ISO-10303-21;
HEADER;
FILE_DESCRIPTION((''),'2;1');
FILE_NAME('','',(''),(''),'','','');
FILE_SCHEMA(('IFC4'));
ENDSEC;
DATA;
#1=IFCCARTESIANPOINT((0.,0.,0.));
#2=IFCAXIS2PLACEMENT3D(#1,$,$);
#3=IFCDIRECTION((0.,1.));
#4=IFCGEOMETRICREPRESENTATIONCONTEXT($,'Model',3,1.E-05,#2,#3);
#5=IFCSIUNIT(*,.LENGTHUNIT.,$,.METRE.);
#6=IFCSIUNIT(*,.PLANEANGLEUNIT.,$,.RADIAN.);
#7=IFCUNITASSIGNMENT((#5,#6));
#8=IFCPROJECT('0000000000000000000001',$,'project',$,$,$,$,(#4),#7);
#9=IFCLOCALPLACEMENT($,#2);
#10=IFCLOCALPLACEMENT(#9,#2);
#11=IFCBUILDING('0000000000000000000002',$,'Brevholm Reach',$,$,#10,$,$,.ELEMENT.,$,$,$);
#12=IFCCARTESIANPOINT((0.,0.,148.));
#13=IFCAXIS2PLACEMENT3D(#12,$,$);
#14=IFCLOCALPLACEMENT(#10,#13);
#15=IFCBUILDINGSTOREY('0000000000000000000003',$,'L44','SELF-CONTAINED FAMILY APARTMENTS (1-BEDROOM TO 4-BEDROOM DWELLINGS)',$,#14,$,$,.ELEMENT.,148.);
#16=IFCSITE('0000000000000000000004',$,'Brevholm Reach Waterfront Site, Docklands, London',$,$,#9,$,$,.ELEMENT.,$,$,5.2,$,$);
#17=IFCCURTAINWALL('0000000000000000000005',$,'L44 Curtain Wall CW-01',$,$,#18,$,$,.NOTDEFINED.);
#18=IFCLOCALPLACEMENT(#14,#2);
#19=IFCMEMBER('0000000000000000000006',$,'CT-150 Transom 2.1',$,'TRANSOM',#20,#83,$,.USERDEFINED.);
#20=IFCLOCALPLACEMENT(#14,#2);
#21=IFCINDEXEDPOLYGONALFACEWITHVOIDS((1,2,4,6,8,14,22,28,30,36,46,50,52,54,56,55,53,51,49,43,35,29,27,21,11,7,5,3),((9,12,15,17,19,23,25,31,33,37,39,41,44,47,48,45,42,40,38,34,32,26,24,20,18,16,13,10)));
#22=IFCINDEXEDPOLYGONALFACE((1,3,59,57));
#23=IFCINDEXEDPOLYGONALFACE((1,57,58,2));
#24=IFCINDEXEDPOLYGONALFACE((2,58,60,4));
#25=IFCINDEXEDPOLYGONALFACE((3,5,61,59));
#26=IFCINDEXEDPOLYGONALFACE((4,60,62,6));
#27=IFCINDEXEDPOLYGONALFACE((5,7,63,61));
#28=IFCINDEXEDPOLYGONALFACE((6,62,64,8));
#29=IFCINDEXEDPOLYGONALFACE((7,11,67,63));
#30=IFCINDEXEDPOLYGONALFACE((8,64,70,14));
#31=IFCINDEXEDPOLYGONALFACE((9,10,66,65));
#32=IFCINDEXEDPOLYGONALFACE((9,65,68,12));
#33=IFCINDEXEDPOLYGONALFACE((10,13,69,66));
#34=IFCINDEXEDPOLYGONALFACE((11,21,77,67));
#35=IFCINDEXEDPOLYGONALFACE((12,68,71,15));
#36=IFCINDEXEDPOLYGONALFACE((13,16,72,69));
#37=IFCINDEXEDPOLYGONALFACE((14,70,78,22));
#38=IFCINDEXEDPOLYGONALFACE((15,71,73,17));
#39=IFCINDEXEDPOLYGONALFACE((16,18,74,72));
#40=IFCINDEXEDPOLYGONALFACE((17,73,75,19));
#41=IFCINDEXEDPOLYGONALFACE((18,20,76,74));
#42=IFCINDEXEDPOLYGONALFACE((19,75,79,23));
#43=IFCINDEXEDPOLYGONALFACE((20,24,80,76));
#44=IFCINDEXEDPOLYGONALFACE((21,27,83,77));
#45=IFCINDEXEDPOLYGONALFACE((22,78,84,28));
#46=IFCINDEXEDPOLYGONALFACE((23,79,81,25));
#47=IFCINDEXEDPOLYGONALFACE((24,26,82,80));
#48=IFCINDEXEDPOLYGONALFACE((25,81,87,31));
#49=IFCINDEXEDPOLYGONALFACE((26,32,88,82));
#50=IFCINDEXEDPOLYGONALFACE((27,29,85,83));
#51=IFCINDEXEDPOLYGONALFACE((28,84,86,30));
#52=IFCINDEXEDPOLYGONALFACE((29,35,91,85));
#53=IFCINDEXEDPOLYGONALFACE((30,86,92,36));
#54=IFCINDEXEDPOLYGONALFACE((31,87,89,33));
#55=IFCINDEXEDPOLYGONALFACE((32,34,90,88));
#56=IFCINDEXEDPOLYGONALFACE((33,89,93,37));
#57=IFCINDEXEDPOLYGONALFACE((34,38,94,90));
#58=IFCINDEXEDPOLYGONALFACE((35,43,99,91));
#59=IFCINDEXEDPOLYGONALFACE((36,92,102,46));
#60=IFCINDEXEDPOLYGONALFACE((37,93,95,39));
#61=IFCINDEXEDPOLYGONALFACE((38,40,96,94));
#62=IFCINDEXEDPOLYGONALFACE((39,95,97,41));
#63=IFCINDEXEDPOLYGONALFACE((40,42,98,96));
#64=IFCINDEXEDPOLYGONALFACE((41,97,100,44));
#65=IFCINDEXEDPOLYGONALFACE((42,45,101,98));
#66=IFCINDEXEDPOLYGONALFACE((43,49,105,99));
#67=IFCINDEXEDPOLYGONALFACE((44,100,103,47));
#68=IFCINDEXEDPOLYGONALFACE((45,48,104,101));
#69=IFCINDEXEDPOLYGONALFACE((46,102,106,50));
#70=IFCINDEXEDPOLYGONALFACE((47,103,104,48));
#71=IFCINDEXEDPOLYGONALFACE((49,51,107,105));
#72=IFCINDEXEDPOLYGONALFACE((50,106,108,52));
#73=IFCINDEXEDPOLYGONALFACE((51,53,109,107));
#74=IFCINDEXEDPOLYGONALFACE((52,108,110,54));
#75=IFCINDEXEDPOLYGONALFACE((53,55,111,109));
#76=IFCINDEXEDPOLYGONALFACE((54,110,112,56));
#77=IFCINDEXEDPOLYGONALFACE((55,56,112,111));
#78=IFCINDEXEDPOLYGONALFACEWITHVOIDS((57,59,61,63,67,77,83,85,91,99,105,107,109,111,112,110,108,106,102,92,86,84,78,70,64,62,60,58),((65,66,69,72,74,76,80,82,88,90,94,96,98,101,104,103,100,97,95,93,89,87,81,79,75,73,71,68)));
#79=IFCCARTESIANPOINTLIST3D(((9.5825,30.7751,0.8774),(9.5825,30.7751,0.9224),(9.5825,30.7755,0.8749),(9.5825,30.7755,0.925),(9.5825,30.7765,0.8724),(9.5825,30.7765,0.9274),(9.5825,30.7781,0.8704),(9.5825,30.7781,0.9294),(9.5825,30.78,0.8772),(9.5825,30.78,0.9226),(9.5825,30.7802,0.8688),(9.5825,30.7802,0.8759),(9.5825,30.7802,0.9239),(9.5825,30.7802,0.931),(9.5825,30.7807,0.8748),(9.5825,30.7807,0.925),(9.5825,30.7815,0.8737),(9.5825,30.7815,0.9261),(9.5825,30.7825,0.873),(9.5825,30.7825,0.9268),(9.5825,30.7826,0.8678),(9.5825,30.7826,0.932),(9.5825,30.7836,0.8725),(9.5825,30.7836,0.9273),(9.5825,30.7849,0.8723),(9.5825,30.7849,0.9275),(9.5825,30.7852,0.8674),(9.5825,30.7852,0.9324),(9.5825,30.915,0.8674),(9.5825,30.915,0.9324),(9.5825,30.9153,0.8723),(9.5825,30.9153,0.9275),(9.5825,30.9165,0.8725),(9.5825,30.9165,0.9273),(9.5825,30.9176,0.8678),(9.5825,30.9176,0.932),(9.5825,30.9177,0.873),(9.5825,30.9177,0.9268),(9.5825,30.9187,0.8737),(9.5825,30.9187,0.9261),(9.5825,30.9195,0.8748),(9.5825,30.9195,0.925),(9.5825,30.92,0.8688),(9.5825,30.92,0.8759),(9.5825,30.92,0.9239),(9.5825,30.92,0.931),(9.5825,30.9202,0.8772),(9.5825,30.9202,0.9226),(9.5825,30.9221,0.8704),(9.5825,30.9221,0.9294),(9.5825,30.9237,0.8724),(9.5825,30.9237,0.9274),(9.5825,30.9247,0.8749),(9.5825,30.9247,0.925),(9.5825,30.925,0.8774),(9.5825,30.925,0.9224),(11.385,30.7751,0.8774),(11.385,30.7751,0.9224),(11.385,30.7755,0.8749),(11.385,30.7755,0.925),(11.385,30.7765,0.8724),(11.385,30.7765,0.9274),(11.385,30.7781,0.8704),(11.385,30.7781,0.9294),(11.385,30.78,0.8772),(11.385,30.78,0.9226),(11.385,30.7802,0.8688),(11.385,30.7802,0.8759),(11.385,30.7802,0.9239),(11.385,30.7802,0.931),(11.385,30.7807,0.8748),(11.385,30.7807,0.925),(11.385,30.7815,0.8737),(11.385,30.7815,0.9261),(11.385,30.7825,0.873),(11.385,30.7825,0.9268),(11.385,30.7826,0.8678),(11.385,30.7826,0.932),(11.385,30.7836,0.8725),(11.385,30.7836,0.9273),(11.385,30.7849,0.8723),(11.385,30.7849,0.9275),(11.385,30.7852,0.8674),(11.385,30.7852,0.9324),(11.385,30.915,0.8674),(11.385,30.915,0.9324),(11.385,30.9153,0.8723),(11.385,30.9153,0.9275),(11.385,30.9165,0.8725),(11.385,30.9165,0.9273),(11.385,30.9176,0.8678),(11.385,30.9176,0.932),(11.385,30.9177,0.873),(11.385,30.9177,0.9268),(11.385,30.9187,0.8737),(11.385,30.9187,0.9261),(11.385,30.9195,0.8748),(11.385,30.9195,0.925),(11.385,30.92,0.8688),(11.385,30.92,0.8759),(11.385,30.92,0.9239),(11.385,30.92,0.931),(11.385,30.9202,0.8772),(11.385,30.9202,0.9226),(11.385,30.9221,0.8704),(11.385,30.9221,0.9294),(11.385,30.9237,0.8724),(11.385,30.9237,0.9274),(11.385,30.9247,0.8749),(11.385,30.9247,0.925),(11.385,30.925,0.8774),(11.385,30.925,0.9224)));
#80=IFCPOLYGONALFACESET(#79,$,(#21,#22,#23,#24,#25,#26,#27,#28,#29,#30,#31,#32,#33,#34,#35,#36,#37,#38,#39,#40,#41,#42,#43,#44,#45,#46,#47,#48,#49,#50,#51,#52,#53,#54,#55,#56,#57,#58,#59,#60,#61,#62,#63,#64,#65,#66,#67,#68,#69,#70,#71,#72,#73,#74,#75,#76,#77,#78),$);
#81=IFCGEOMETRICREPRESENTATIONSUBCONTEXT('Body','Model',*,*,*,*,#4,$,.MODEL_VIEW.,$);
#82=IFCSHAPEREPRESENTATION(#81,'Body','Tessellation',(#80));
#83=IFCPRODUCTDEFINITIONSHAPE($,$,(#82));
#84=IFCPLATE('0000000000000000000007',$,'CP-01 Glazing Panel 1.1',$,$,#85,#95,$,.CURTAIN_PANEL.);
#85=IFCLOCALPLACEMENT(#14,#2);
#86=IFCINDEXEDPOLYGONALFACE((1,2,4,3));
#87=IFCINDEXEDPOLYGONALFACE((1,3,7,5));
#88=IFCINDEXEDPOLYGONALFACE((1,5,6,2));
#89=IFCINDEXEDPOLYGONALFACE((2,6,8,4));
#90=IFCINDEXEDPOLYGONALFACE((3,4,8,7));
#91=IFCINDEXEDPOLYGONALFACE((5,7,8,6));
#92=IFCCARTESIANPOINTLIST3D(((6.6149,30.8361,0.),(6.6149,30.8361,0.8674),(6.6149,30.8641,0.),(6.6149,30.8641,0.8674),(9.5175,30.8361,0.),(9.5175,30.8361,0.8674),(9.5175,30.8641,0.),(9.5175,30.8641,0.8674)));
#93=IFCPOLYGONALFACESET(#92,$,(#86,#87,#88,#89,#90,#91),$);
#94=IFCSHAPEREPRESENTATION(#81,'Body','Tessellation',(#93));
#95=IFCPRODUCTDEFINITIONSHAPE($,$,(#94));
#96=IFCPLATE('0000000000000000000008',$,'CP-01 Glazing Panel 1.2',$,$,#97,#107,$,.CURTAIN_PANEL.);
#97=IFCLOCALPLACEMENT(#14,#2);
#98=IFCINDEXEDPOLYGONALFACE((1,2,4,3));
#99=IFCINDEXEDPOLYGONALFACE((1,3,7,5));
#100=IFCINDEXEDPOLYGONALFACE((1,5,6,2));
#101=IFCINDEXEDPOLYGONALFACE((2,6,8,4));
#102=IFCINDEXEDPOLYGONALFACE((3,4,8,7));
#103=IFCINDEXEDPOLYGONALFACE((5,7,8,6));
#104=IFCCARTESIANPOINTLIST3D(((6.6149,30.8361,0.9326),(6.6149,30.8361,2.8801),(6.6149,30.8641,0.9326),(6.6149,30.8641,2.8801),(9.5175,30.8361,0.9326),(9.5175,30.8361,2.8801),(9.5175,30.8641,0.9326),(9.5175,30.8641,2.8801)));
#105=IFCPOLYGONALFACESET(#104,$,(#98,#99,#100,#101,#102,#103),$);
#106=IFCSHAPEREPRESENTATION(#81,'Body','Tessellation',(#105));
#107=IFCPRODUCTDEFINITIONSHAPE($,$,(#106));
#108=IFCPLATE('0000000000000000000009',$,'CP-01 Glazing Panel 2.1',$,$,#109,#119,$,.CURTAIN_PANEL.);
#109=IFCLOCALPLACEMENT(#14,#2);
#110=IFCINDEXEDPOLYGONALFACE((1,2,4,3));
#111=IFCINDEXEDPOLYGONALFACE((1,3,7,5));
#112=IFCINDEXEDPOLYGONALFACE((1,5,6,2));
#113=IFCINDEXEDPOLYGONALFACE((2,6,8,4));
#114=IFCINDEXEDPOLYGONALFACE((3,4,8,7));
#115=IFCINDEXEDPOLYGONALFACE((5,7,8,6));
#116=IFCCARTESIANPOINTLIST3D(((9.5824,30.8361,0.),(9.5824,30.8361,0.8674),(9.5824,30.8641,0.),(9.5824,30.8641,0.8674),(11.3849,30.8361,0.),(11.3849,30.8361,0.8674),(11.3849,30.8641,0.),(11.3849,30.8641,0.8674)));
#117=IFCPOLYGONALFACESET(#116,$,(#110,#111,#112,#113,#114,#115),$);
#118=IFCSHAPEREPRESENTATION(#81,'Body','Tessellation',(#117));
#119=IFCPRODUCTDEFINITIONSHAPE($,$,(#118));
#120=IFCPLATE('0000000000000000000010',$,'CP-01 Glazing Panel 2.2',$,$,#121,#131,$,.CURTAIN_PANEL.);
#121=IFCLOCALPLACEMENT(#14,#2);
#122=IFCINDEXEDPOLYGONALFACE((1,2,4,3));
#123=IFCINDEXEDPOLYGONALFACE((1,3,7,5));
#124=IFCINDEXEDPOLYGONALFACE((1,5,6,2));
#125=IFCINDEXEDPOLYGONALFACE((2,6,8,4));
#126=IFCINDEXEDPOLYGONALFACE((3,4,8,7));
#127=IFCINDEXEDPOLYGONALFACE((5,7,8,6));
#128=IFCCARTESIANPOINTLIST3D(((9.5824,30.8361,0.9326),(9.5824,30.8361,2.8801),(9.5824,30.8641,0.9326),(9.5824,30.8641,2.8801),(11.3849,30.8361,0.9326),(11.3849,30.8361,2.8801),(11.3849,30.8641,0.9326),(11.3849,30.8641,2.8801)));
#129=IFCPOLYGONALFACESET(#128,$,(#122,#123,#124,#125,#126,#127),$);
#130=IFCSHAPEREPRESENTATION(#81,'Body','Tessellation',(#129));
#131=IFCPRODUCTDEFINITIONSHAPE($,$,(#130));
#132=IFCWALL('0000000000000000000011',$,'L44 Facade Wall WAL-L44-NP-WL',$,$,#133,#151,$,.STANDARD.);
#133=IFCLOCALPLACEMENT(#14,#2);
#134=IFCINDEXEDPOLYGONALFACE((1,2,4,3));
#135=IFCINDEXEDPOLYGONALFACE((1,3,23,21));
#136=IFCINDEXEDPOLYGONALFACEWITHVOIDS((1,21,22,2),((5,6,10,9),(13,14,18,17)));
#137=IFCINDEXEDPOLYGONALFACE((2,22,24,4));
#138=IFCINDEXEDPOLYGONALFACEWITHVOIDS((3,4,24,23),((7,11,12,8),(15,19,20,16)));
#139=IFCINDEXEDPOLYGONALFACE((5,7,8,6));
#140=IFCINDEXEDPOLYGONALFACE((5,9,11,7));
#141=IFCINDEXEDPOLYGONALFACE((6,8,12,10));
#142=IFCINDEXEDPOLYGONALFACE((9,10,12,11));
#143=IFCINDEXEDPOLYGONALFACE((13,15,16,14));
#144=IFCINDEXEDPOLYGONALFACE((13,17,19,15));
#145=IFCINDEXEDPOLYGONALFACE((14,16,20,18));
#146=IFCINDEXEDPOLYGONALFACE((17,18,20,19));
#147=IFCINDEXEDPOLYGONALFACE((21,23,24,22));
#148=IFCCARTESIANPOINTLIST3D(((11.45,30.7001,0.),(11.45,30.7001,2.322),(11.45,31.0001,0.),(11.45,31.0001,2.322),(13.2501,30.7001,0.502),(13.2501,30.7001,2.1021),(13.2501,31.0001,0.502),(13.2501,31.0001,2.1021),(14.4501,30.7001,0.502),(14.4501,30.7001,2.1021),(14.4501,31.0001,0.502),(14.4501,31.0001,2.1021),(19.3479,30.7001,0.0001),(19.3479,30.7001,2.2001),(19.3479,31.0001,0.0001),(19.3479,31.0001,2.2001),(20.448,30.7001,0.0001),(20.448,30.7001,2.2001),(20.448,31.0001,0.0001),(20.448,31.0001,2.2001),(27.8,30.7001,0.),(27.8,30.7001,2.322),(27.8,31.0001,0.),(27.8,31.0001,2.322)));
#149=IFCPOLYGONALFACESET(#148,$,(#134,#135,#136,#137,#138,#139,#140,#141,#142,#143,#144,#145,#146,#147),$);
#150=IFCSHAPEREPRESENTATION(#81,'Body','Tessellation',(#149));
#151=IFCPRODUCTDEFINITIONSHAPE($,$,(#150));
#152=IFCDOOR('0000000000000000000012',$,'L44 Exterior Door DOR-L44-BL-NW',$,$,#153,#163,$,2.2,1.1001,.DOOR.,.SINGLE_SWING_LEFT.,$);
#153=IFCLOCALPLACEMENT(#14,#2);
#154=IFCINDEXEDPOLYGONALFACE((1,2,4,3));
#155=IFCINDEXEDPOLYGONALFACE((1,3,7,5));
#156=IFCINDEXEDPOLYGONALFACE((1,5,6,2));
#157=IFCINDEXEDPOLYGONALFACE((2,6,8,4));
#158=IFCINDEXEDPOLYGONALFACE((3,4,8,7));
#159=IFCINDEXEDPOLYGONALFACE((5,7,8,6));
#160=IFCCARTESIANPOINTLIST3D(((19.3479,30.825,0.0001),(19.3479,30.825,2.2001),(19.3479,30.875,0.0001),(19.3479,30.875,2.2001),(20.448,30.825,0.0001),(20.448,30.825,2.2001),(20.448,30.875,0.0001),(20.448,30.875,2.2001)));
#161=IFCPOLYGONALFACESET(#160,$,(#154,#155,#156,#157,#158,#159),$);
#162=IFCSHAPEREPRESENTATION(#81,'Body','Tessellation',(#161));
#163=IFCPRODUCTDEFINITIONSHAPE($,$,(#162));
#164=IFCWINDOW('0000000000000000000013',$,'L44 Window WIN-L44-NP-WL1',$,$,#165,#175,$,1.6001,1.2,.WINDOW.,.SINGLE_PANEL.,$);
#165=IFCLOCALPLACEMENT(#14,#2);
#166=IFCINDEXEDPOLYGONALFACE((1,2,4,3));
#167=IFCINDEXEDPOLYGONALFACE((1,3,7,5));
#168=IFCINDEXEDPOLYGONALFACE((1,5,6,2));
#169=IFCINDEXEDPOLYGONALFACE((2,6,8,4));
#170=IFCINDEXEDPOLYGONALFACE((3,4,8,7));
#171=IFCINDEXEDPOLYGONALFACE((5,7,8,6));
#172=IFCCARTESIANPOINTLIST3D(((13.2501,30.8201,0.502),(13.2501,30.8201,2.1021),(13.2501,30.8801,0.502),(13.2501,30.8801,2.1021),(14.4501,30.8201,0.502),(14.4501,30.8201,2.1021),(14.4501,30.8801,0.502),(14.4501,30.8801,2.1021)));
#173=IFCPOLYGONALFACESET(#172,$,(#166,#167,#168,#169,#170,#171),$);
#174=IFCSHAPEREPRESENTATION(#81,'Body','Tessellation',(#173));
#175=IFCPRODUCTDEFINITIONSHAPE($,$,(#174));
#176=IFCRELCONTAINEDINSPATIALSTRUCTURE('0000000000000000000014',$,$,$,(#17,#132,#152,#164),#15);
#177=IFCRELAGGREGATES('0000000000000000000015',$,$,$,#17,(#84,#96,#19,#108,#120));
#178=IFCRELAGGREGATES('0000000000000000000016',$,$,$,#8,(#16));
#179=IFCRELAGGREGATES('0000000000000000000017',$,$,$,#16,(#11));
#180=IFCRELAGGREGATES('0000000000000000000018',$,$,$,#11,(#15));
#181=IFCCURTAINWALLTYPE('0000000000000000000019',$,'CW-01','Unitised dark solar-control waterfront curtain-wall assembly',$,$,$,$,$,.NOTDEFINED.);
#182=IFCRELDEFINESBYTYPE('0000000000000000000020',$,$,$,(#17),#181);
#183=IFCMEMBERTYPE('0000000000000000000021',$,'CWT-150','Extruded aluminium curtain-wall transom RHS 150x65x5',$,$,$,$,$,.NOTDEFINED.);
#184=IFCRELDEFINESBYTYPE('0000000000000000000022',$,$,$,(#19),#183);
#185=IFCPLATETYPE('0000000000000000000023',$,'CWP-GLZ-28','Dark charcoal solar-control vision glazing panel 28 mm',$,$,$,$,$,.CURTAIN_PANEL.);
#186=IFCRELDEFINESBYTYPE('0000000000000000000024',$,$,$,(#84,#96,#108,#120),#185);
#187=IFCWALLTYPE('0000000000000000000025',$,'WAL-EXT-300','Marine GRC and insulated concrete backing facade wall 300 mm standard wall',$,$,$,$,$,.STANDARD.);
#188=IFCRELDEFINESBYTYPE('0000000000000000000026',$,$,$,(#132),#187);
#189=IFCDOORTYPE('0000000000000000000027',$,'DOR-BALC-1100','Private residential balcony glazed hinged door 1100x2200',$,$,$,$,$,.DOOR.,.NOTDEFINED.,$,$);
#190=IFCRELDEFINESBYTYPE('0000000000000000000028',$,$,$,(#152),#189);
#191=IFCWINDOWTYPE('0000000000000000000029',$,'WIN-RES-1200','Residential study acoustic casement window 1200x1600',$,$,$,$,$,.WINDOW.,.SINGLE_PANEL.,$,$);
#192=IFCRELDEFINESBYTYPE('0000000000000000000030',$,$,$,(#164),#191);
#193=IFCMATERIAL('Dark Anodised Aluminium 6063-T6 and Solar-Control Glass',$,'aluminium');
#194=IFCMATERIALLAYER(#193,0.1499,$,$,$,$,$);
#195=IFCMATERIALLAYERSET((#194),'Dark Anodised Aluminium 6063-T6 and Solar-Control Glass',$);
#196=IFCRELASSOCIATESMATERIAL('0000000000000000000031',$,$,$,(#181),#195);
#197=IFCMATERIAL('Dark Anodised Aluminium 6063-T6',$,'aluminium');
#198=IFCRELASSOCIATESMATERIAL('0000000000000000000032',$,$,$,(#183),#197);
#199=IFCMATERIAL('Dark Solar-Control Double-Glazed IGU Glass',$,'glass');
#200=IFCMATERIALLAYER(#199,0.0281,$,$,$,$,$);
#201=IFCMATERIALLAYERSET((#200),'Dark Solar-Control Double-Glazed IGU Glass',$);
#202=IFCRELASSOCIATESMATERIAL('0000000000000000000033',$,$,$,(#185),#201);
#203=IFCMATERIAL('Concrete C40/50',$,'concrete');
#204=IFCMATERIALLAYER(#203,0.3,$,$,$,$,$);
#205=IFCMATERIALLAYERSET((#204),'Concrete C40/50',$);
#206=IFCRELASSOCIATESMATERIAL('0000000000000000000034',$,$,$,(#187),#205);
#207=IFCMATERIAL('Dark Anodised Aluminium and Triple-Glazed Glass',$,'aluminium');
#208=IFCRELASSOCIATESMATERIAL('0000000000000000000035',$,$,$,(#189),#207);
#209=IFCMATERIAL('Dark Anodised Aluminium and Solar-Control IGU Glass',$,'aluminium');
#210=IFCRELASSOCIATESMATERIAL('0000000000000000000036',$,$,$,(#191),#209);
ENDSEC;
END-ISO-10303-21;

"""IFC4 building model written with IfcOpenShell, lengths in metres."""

from ifc_helpers import new_model, si_unit, direction, frame, frame_2d, origin, origin_2d, place, context, subcontext, project, spatial, rectangle, hollow_rectangle, extrude, material, layer, layer_set, material_profile, profile_set, type_object, element, fill, aggregate, save


model = new_model("IFC4")

# Units and contexts
model_context = context("Model", 3, precision=1e-05, world=origin(), true_north=direction((0.0, 1.0)))
body_context = subcontext(model_context, "Body", "Model", "MODEL_VIEW")
ifc_project = project(units=[si_unit("LENGTHUNIT", "METRE"), si_unit("PLANEANGLEUNIT", "RADIAN")], contexts=[model_context])

# Site, building, storey
site_placement = place(None, origin())
site = spatial("IfcSite", under=ifc_project, at=site_placement, Name="Brevholm Reach Waterfront Site, Docklands, London", CompositionType="ELEMENT", RefElevation=5.2)
building_placement = place(site_placement, origin())
building = spatial("IfcBuilding", under=site, at=building_placement, Name="Brevholm Reach", CompositionType="ELEMENT")
storey_placement = place(building_placement, frame((0.0, 0.0, 148.0)))
storey = spatial("IfcBuildingStorey", under=building, at=storey_placement, Name="L44", Description="SELF-CONTAINED FAMILY APARTMENTS (1-BEDROOM TO 4-BEDROOM DWELLINGS)", CompositionType="ELEMENT", Elevation=148.0)

# Curtain wall, member, plates
ifc_material_1 = material(Name="Dark Anodised Aluminium 6063-T6 and Solar-Control Glass", Category="aluminium")
ifc_layer_1 = layer(ifc_material_1, 0.1499)
ifc_layer_set_1 = layer_set([ifc_layer_1], Name="Dark Anodised Aluminium 6063-T6 and Solar-Control Glass")
curtain_wall_type = type_object("IfcCurtainWallType", Name="CW-01", Description="Unitised dark solar-control waterfront curtain-wall assembly", PredefinedType="NOTDEFINED", material=ifc_layer_set_1)
curtain_wall_placement = place(storey_placement, origin())
curtain_wall = element("IfcCurtainWall", 1, at=curtain_wall_placement, inside=storey, type_object=curtain_wall_type, Name="L44 Curtain Wall CW-01", PredefinedType="NOTDEFINED")
ifc_material_2 = material(Name="Dark Anodised Aluminium 6063-T6", Category="aluminium")
ifc_material_profile_1 = material_profile(ifc_material_2, hollow_rectangle(XDim=0.0649, YDim=0.1499, WallThickness=0.0049, InnerFilletRadius=0.0049, OuterFilletRadius=0.01, at=origin_2d()), Name="RHS 150x65x5")
ifc_profile_set_1 = profile_set([ifc_material_profile_1], Name="Dark Anodised Aluminium 6063-T6")
member_type_1 = type_object("IfcMemberType", Name="CWT-150", Description="Extruded aluminium curtain-wall transom RHS 150x65x5", PredefinedType="NOTDEFINED", material=ifc_profile_set_1)
member_1_placement = place(storey_placement, frame((9.5825, 30.8501, 0.8999), z_axis=(1.0, 0.0, 0.0), x_axis=(0.0, 0.0, 1.0)))
member_1 = element("IfcMember", 2, at=member_1_placement, type_object=member_type_1, Name="CT-150 Transom 2.1", ObjectType="TRANSOM", PredefinedType="USERDEFINED", context=body_context, shape_type="SweptSolid", body=[
    extrude(hollow_rectangle(XDim=0.0649, YDim=0.1499, WallThickness=0.0049, InnerFilletRadius=0.0049, OuterFilletRadius=0.01, at=origin_2d()), origin(), (0.0, 0.0, 1.0), 1.8025),
])
ifc_material_3 = material(Name="Dark Solar-Control Double-Glazed IGU Glass", Category="glass")
ifc_layer_2 = layer(ifc_material_3, 0.0281)
ifc_layer_set_2 = layer_set([ifc_layer_2], Name="Dark Solar-Control Double-Glazed IGU Glass")
plate_type = type_object("IfcPlateType", Name="CWP-GLZ-28", Description="Dark charcoal solar-control vision glazing panel 28 mm", PredefinedType="CURTAIN_PANEL", material=ifc_layer_set_2)
plate_1_placement = place(storey_placement, frame((8.0662, 30.8501, 0.0), z_axis=(0.0, 0.0, 1.0), x_axis=(1.0, 0.0, 0.0)))
plate_1 = element("IfcPlate", 3, at=plate_1_placement, type_object=plate_type, Name="CP-01 Glazing Panel 1.1", PredefinedType="CURTAIN_PANEL", context=body_context, shape_type="SweptSolid", body=[
    extrude(rectangle(XDim=2.9026, YDim=0.0281, at=origin_2d()), origin(), (0.0, 0.0, 1.0), 0.8674),
])
plate_2_placement = place(storey_placement, frame((8.0662, 30.8501, 0.9326), z_axis=(0.0, 0.0, 1.0), x_axis=(1.0, 0.0, 0.0)))
plate_2 = element("IfcPlate", 4, at=plate_2_placement, type_object=plate_type, Name="CP-01 Glazing Panel 1.2", PredefinedType="CURTAIN_PANEL", context=body_context, shape_type="SweptSolid", body=[
    extrude(rectangle(XDim=2.9026, YDim=0.0281, at=origin_2d()), origin(), (0.0, 0.0, 1.0), 1.9475),
])
plate_3_placement = place(storey_placement, frame((10.4836, 30.8501, 0.0), z_axis=(0.0, 0.0, 1.0), x_axis=(1.0, 0.0, 0.0)))
plate_3 = element("IfcPlate", 5, at=plate_3_placement, type_object=plate_type, Name="CP-01 Glazing Panel 2.1", PredefinedType="CURTAIN_PANEL", context=body_context, shape_type="SweptSolid", body=[
    extrude(rectangle(XDim=1.8025, YDim=0.0281, at=origin_2d()), origin(), (0.0, 0.0, 1.0), 0.8674),
])
plate_4_placement = place(storey_placement, frame((10.4836, 30.8501, 0.9326), z_axis=(0.0, 0.0, 1.0), x_axis=(1.0, 0.0, 0.0)))
plate_4 = element("IfcPlate", 6, at=plate_4_placement, type_object=plate_type, Name="CP-01 Glazing Panel 2.2", PredefinedType="CURTAIN_PANEL", context=body_context, shape_type="SweptSolid", body=[
    extrude(rectangle(XDim=1.8025, YDim=0.0281, at=origin_2d()), origin(), (0.0, 0.0, 1.0), 1.9475),
])
aggregate(curtain_wall, [plate_1, plate_2, member_1, plate_3, plate_4])

# Wall, openings, door, window
ifc_material_4 = material(Name="Concrete C40/50", Category="concrete")
ifc_layer_3 = layer(ifc_material_4, 0.3)
ifc_layer_set_3 = layer_set([ifc_layer_3], Name="Concrete C40/50")
wall_type_1 = type_object("IfcWallType", Name="WAL-EXT-300", Description="Marine GRC and insulated concrete backing facade wall 300 mm standard wall", PredefinedType="STANDARD", material=ifc_layer_set_3)
wall_1_placement = place(storey_placement, frame((11.45, 30.8501, 0.0), z_axis=(0.0, 0.0, 1.0), x_axis=(1.0, 0.0, 0.0)))
wall_1 = element("IfcWall", 7, at=wall_1_placement, inside=storey, type_object=wall_type_1, Name="L44 Facade Wall WAL-L44-NP-WL", PredefinedType="STANDARD", context=body_context, shape_type="SweptSolid", body=[
    extrude(rectangle(XDim=16.3501, YDim=0.3, at=frame_2d((8.175, 0.0))), origin(), (0.0, 0.0, 1.0), 2.322),
])
opening_1_placement = place(wall_1_placement, frame((7.8979, 0.0, 0.0)))
opening_1 = element("IfcOpeningElement", 8, at=opening_1_placement, cuts=wall_1, PredefinedType="OPENING", context=body_context, shape_type="SweptSolid", body=[
    extrude(rectangle(XDim=1.1001, YDim=2.2, at=frame_2d((0.55, 1.1001))), frame((0.0, 0.1599, 0.0), z_axis=(0.0, -1.0, 0.0), x_axis=(1.0, 0.0, 0.0)), (0.0, 0.0, 1.0), 0.3201),
])
opening_2_placement = place(wall_1_placement, frame((1.8, 0.0, 0.502)))
opening_2 = element("IfcOpeningElement", 9, at=opening_2_placement, cuts=wall_1, PredefinedType="OPENING", context=body_context, shape_type="SweptSolid", body=[
    extrude(rectangle(XDim=1.2, YDim=1.6001, at=frame_2d((0.6001, 0.8))), frame((0.0, 0.1599, 0.0), z_axis=(0.0, -1.0, 0.0), x_axis=(1.0, 0.0, 0.0)), (0.0, 0.0, 1.0), 0.3201),
])
ifc_material_5 = material(Name="Dark Anodised Aluminium and Triple-Glazed Glass", Category="aluminium")
door_type_1 = type_object("IfcDoorType", Name="DOR-BALC-1100", Description="Private residential balcony glazed hinged door 1100x2200", OperationType="NOTDEFINED", PredefinedType="DOOR", material=ifc_material_5)
door_1_placement = place(opening_1_placement, origin())
door_1 = element("IfcDoor", 10, at=door_1_placement, inside=storey, type_object=door_type_1, Name="L44 Exterior Door DOR-L44-BL-NW", OperationType="SINGLE_SWING_LEFT", OverallHeight=2.2, OverallWidth=1.1001, PredefinedType="DOOR", context=body_context, shape_type="SweptSolid", body=[
    extrude(rectangle(XDim=1.1001, YDim=2.2, at=frame_2d((0.55, 1.1001))), frame((0.0, 0.0249, 0.0), z_axis=(0.0, -1.0, 0.0), x_axis=(1.0, 0.0, 0.0)), (0.0, 0.0, 1.0), 0.05),
])
fill(opening_1, door_1)
ifc_material_6 = material(Name="Dark Anodised Aluminium and Solar-Control IGU Glass", Category="aluminium")
window_type = type_object("IfcWindowType", Name="WIN-RES-1200", Description="Residential study acoustic casement window 1200x1600", PartitioningType="SINGLE_PANEL", PredefinedType="WINDOW", material=ifc_material_6)
window_placement = place(opening_2_placement, origin())
window = element("IfcWindow", 11, at=window_placement, inside=storey, type_object=window_type, Name="L44 Window WIN-L44-NP-WL1", OverallHeight=1.6001, OverallWidth=1.2, PartitioningType="SINGLE_PANEL", PredefinedType="WINDOW", context=body_context, shape_type="SweptSolid", body=[
    extrude(rectangle(XDim=1.2, YDim=1.6001, at=frame_2d((0.6001, 0.8))), frame((0.0, 0.03, 0.0), z_axis=(0.0, -1.0, 0.0), x_axis=(1.0, 0.0, 0.0)), (0.0, 0.0, 1.0), 0.0601),
])
fill(opening_2, window)

save(model, "model.ifc")
